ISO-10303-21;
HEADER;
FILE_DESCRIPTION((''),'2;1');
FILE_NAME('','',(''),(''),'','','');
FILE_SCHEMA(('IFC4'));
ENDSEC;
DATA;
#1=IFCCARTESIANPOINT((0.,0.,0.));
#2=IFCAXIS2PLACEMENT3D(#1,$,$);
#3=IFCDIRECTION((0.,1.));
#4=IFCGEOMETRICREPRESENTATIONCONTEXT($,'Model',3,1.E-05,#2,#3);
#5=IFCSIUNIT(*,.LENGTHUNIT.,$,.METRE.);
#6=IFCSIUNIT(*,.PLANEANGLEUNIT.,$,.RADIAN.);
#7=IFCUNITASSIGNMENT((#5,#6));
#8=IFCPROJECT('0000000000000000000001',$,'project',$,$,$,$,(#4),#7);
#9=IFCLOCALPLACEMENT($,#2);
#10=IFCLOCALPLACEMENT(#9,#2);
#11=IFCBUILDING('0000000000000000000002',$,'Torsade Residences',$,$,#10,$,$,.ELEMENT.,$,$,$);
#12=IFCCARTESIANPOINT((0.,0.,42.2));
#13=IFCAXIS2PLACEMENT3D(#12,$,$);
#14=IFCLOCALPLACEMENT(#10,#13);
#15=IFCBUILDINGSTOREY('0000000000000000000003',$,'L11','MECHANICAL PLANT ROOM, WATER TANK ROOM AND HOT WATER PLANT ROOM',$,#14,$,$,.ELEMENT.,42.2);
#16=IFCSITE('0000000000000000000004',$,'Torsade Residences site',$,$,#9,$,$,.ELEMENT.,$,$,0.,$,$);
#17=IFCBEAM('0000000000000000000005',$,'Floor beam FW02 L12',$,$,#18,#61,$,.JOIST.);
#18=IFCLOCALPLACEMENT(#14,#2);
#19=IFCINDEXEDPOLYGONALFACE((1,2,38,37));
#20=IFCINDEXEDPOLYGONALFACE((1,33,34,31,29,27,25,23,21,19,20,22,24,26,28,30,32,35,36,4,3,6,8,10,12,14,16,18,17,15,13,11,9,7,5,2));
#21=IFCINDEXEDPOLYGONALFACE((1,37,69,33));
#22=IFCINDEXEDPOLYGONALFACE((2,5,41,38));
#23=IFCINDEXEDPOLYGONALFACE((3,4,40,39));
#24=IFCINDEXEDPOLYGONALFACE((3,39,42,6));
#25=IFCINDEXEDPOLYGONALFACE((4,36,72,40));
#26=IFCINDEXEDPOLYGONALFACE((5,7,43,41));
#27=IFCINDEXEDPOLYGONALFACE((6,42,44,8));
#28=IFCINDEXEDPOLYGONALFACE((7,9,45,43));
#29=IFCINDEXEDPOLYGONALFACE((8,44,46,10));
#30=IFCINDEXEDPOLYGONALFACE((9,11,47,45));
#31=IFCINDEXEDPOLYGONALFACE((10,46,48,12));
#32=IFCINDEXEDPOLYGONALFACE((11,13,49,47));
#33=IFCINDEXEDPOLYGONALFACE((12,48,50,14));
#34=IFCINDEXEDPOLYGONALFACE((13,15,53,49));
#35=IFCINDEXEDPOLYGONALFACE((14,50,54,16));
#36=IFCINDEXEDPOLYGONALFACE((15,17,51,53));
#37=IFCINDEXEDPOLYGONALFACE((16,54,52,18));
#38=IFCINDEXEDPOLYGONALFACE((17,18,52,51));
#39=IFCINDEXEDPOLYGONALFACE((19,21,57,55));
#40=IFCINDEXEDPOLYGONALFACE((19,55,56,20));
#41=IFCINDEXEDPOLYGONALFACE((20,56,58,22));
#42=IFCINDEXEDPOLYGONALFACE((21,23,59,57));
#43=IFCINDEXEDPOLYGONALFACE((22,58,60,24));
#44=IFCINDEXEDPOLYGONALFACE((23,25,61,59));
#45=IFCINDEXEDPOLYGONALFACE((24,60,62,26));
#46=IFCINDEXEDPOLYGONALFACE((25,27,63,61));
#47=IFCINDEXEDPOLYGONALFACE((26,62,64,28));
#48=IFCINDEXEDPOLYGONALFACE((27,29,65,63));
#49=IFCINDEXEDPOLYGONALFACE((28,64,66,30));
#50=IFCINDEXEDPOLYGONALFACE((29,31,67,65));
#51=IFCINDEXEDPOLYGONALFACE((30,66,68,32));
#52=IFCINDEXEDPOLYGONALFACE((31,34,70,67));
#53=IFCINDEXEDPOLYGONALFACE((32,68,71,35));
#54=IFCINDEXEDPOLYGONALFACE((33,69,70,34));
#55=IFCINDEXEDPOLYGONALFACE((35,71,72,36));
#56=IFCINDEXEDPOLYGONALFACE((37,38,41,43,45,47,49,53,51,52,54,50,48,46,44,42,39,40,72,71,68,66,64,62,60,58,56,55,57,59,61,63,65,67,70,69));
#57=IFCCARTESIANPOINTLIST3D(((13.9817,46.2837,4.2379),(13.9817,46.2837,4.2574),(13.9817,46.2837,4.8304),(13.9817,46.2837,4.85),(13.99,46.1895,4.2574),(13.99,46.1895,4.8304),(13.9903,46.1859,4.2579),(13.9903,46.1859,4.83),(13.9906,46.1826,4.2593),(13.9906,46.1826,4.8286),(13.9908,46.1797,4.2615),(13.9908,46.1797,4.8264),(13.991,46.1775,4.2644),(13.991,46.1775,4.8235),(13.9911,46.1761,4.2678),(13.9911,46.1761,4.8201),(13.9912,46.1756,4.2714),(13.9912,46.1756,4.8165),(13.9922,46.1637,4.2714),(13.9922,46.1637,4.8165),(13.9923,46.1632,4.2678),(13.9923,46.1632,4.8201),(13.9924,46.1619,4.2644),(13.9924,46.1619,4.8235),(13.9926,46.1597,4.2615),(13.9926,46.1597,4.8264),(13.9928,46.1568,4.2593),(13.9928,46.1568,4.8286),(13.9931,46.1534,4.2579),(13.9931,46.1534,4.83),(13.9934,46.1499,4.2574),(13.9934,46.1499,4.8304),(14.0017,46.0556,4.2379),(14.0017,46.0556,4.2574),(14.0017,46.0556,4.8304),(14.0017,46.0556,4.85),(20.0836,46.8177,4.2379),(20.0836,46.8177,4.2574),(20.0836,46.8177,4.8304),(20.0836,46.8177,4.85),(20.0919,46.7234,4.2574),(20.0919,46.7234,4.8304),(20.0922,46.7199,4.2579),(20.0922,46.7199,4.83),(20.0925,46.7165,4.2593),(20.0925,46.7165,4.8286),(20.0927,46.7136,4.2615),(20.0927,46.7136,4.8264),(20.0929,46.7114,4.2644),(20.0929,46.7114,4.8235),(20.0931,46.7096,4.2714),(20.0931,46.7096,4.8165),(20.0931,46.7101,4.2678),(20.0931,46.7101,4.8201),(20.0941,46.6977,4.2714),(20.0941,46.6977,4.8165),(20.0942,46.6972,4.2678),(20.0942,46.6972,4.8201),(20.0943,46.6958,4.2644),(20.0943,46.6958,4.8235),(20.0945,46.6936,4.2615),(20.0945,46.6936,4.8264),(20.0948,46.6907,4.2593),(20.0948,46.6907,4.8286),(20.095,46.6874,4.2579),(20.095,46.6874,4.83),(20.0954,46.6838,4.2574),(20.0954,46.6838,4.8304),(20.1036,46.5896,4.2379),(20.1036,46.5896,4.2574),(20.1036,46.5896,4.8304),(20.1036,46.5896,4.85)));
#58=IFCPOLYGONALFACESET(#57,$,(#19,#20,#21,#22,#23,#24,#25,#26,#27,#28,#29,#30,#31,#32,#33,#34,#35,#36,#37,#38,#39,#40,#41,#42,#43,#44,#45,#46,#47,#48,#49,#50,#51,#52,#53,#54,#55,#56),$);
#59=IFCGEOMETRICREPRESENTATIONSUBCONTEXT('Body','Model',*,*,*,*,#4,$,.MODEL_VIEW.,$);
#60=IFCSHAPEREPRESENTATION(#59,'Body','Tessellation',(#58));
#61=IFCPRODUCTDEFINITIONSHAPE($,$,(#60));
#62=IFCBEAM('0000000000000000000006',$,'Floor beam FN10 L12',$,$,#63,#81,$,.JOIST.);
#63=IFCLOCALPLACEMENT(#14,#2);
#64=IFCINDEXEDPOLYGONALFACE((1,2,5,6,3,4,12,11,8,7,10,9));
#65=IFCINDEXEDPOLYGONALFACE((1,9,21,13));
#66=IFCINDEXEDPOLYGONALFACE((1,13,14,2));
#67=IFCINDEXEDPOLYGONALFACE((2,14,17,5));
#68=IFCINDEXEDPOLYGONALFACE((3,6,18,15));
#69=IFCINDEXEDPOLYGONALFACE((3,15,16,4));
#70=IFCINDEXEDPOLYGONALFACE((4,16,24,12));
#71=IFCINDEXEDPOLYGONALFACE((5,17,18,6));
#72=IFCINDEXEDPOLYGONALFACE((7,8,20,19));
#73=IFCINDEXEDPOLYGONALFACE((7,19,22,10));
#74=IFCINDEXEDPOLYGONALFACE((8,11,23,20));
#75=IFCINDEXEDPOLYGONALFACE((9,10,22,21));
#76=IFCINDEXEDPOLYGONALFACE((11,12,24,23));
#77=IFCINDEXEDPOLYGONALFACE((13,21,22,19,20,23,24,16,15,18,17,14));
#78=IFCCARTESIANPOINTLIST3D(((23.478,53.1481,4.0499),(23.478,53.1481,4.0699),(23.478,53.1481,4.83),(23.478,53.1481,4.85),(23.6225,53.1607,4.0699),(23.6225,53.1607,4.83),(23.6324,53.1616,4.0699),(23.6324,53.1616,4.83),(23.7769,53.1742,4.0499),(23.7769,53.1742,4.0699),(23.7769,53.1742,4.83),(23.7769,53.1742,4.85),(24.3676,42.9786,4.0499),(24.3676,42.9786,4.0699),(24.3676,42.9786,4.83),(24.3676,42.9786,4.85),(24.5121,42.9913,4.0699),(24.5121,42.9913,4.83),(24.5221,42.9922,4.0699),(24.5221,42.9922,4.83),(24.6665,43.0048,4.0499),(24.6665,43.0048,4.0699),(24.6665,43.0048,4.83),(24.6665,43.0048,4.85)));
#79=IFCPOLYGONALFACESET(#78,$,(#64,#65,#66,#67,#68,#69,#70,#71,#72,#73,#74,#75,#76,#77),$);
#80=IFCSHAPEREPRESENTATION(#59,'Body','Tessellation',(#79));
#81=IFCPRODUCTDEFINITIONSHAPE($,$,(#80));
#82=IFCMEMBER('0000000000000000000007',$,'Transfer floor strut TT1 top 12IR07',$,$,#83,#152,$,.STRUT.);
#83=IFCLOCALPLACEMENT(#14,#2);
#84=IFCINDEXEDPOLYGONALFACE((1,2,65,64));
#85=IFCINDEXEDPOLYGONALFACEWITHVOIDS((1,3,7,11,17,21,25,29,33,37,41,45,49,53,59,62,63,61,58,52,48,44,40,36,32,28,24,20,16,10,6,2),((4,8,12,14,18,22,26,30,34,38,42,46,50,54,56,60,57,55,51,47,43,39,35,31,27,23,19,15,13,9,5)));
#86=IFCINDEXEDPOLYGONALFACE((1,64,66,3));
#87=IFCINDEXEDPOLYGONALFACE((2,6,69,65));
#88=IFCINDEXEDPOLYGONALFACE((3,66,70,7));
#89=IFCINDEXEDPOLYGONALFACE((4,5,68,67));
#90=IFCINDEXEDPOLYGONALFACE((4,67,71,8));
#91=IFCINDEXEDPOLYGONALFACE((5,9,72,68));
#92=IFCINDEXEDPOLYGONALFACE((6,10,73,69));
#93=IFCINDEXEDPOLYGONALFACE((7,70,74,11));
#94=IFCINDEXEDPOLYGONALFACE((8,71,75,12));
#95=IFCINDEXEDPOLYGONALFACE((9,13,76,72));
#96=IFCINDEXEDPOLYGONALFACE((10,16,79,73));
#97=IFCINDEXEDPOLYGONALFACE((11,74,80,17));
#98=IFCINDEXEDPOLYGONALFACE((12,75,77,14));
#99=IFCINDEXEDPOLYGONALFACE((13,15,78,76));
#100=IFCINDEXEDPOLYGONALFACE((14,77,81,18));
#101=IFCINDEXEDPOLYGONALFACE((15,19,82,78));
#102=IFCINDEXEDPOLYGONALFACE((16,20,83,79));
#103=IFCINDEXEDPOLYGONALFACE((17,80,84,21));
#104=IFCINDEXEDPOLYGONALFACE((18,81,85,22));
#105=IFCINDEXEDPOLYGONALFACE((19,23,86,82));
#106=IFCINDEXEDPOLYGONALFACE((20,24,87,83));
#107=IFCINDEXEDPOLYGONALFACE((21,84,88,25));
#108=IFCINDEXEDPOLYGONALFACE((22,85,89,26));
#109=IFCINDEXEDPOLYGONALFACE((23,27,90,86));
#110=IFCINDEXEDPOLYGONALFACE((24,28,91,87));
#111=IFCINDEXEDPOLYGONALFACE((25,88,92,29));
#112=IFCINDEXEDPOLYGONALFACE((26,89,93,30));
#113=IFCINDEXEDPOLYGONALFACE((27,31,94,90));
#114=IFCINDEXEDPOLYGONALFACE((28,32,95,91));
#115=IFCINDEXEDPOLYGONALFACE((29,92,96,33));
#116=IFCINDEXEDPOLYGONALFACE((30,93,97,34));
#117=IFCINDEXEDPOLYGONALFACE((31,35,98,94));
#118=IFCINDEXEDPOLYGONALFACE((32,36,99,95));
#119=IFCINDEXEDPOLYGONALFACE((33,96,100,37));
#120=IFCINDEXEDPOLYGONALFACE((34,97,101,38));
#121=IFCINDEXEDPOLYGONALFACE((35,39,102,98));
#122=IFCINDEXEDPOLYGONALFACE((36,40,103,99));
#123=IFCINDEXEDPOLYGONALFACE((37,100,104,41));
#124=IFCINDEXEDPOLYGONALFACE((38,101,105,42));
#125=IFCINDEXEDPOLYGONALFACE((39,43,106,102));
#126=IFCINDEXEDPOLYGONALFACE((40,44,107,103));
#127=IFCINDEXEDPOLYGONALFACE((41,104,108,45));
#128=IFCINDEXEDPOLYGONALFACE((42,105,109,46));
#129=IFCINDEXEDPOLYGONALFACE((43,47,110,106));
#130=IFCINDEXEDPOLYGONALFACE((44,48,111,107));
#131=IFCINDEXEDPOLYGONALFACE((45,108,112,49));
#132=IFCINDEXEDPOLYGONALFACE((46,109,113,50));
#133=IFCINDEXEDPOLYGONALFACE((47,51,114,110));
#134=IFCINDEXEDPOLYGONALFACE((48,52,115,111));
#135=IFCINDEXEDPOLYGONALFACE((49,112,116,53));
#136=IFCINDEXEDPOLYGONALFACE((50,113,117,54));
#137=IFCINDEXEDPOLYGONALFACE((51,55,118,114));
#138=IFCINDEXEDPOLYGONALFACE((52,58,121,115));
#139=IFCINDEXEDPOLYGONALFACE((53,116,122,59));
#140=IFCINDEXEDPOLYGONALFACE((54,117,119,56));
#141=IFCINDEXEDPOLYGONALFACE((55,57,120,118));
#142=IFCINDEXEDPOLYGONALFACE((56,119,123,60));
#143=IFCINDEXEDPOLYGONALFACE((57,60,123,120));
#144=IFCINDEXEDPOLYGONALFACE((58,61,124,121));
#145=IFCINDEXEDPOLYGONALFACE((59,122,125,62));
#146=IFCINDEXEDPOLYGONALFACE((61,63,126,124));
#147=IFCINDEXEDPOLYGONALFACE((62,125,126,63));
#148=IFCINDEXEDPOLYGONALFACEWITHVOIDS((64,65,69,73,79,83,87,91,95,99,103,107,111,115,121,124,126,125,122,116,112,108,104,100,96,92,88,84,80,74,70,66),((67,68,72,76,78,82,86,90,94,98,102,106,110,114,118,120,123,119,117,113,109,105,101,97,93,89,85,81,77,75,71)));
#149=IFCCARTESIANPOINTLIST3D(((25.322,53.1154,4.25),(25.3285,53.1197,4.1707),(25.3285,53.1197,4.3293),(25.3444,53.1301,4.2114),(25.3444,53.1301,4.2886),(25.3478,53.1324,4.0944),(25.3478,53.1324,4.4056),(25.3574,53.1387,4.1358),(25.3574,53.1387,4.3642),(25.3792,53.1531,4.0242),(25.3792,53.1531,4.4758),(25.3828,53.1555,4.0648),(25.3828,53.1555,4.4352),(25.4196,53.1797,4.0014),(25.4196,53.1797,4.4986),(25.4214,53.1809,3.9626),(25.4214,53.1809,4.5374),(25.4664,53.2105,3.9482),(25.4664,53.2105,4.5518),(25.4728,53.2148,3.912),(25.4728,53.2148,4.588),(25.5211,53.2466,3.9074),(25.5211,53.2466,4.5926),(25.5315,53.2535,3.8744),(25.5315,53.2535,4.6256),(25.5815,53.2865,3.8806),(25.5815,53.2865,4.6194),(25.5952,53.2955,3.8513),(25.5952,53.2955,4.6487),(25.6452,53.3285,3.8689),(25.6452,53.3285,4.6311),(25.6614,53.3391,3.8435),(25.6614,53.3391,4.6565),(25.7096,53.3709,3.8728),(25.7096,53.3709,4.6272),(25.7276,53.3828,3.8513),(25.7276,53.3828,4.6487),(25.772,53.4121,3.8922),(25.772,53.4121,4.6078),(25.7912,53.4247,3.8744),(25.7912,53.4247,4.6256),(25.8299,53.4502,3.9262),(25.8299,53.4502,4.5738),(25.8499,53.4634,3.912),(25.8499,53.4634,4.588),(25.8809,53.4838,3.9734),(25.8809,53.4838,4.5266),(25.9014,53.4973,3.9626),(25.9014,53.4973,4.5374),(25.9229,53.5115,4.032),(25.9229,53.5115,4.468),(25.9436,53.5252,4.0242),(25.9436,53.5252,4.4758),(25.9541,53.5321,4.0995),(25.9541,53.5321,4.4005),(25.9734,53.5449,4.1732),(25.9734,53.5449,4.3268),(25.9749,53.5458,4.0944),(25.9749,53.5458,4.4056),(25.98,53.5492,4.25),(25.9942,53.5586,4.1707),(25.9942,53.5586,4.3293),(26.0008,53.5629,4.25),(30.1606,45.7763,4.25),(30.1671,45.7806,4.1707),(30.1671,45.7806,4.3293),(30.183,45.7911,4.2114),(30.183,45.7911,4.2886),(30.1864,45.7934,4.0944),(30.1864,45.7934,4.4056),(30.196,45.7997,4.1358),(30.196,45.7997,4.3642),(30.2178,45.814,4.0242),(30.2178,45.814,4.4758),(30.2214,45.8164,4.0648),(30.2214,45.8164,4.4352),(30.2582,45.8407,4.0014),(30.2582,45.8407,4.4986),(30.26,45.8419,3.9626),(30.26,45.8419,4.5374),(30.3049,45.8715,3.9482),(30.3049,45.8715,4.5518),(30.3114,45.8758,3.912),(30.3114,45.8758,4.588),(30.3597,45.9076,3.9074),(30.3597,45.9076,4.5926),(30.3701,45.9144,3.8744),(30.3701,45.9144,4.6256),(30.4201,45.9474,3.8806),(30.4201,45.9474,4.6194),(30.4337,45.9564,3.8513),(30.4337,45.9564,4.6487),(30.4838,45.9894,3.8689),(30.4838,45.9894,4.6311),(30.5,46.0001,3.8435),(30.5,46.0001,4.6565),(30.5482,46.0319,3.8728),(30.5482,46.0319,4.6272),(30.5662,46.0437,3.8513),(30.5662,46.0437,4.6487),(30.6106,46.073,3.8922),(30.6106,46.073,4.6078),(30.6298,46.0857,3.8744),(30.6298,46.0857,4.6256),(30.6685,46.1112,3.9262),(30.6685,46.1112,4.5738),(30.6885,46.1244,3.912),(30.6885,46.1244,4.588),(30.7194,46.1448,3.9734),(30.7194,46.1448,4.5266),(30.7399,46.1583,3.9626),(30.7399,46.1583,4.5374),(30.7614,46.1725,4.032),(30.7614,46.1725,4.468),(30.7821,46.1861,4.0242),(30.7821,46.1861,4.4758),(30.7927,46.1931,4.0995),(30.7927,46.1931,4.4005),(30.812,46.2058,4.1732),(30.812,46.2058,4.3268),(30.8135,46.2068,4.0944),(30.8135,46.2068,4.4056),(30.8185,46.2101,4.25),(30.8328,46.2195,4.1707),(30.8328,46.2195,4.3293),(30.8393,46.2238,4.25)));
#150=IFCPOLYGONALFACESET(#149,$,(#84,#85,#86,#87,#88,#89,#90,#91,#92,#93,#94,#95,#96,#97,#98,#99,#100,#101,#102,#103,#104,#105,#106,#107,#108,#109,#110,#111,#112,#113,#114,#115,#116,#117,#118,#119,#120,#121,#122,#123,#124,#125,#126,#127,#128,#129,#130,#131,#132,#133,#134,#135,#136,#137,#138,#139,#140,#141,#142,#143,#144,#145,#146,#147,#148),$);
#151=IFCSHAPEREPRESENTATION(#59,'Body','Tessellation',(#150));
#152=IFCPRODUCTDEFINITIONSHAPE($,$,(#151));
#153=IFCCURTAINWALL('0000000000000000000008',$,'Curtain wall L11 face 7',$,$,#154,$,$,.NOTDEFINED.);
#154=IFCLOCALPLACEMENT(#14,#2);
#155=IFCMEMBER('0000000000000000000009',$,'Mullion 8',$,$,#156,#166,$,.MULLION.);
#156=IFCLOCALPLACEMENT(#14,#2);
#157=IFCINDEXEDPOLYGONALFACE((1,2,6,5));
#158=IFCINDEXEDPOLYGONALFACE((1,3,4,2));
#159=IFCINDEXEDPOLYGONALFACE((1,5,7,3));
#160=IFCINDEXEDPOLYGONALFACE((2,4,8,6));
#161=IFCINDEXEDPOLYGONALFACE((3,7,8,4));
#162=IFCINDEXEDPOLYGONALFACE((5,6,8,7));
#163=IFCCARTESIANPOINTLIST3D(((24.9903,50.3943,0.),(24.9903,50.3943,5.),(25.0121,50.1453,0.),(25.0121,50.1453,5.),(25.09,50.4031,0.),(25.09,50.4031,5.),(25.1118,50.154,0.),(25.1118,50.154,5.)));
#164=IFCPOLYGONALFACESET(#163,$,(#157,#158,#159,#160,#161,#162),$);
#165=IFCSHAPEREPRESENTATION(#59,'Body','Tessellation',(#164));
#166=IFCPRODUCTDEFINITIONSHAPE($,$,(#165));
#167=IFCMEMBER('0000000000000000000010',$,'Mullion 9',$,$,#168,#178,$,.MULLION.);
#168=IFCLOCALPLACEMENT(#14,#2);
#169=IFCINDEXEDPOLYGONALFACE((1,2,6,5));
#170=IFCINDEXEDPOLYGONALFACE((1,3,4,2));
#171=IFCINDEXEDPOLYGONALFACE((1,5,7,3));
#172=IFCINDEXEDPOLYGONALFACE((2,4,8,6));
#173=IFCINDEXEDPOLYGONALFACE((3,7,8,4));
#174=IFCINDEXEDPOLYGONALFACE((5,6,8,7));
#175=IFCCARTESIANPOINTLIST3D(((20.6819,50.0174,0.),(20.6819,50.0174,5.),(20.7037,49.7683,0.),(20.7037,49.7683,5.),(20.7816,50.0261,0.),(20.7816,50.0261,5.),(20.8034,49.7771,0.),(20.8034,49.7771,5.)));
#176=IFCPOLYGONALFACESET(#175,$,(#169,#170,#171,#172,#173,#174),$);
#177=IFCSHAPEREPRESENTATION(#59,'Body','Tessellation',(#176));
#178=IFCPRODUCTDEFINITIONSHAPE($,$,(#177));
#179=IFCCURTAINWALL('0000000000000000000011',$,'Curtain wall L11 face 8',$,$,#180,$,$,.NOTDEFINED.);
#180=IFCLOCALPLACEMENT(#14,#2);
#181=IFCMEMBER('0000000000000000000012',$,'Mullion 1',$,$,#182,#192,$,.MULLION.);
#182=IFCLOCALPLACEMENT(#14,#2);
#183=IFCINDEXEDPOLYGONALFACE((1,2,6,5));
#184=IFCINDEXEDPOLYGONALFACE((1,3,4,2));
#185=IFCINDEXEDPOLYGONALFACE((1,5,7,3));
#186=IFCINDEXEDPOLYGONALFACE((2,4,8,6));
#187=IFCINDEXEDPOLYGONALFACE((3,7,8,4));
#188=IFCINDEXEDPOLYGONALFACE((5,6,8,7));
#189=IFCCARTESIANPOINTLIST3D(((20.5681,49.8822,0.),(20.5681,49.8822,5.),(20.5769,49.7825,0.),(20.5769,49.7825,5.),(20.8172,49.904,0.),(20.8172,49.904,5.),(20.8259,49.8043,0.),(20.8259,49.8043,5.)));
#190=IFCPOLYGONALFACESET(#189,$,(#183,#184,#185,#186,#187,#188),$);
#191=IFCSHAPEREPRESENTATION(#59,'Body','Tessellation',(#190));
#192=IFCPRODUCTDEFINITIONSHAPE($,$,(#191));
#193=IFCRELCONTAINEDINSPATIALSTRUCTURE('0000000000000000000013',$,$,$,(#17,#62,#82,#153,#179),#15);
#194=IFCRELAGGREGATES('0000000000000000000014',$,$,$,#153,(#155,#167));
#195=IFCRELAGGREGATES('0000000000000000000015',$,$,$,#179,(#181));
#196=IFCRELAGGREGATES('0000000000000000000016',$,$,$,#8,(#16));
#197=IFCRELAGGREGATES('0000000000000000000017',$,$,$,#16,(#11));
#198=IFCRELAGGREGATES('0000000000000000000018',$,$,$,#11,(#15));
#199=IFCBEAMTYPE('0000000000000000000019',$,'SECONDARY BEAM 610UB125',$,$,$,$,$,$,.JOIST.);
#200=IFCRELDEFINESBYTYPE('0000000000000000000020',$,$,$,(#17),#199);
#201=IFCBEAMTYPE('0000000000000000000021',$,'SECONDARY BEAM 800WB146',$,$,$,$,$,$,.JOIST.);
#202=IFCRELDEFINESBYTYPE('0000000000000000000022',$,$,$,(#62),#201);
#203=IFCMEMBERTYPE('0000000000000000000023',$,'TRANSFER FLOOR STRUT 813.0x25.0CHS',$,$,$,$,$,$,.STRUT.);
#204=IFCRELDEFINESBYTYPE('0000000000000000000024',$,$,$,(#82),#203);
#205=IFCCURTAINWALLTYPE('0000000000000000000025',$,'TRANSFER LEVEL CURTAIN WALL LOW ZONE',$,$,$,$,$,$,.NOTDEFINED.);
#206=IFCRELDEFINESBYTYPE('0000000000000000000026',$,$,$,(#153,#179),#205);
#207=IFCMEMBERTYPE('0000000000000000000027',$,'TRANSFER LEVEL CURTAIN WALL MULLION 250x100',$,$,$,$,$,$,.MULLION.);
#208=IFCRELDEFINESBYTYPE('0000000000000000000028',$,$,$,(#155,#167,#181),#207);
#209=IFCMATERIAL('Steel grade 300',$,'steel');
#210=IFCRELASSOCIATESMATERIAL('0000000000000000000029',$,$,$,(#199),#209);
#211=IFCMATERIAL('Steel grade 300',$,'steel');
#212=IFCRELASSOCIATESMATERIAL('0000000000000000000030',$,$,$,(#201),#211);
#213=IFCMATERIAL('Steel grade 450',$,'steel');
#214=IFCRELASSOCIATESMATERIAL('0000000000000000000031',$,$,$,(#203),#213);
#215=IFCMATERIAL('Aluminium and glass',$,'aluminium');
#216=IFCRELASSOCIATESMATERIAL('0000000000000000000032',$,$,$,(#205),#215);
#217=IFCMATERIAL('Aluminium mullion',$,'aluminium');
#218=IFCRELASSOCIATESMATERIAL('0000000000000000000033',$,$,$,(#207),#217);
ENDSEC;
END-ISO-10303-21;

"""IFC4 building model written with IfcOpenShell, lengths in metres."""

from ifc_helpers import new_model, si_unit, direction, frame, origin, origin_2d, place, context, subcontext, project, spatial, rectangle, hollow_circle, i_section, extrude, material, material_profile, profile_set, type_object, element, aggregate, save


model = new_model("IFC4")

# Units and contexts
model_context = context("Model", 3, precision=1e-05, world=origin(), true_north=direction((0.0, 1.0)))
body_context = subcontext(model_context, "Body", "Model", "MODEL_VIEW")
ifc_project = project(units=[si_unit("LENGTHUNIT", "METRE"), si_unit("PLANEANGLEUNIT", "RADIAN")], contexts=[model_context])

# Site, building, storey
site_placement = place(None, origin())
site = spatial("IfcSite", under=ifc_project, at=site_placement, Name="Torsade Residences site", CompositionType="ELEMENT", RefElevation=0.0)
building_placement = place(site_placement, origin())
building = spatial("IfcBuilding", under=site, at=building_placement, Name="Torsade Residences", CompositionType="ELEMENT")
storey_placement = place(building_placement, frame((0.0, 0.0, 42.2)))
storey = spatial("IfcBuildingStorey", under=building, at=storey_placement, Name="L11", Description="MECHANICAL PLANT ROOM, WATER TANK ROOM AND HOT WATER PLANT ROOM", CompositionType="ELEMENT", Elevation=42.2)

# Beams
ifc_material_1 = material(Name="Steel grade 300", Category="steel")
ifc_material_profile_1 = material_profile(ifc_material_1, i_section(OverallWidth=0.229, OverallDepth=0.6121, WebThickness=0.012, FlangeThickness=0.0195, FilletRadius=0.0139, at=origin_2d()), Name="610UB125")
ifc_profile_set_1 = profile_set([ifc_material_profile_1], Name="Steel grade 300")
beam_type_1 = type_object("IfcBeamType", Name="SECONDARY BEAM 610UB125", PredefinedType="JOIST", material=ifc_profile_set_1)
beam_1_placement = place(storey_placement, frame((13.9917, 46.1697, 4.5439), z_axis=(0.996193, 0.087171, 0.0), x_axis=(-0.087171, 0.996193, 0.0)))
element("IfcBeam", 1, at=beam_1_placement, inside=storey, type_object=beam_type_1, Name="Floor beam FW02 L12", PredefinedType="JOIST", context=body_context, shape_type="SweptSolid", body=[
    extrude(i_section(OverallWidth=0.229, OverallDepth=0.6121, WebThickness=0.012, FlangeThickness=0.0195, FilletRadius=0.0139, at=origin_2d()), origin(), (0.0, 0.0, 1.0), 6.1252),
])
ifc_material_2 = material(Name="Steel grade 300", Category="steel")
ifc_material_profile_2 = material_profile(ifc_material_2, i_section(OverallWidth=0.3, OverallDepth=0.8, WebThickness=0.01, FlangeThickness=0.02, at=origin_2d()), Name="800WB146")
ifc_profile_set_2 = profile_set([ifc_material_profile_2], Name="Steel grade 300")
beam_type_2 = type_object("IfcBeamType", Name="SECONDARY BEAM 800WB146", PredefinedType="JOIST", material=ifc_profile_set_2)
beam_2_placement = place(storey_placement, frame((23.6274, 53.1611, 4.45), z_axis=(0.08715, -0.996195, 0.0), x_axis=(0.996195, 0.08715, 0.0)))
element("IfcBeam", 2, at=beam_2_placement, inside=storey, type_object=beam_type_2, Name="Floor beam FN10 L12", PredefinedType="JOIST", context=body_context, shape_type="SweptSolid", body=[
    extrude(i_section(OverallWidth=0.3, OverallDepth=0.8, WebThickness=0.01, FlangeThickness=0.02, at=origin_2d()), origin(), (0.0, 0.0, 1.0), 10.2083),
])

# Member
ifc_material_3 = material(Name="Steel grade 450", Category="steel")
ifc_material_profile_3 = material_profile(ifc_material_3, hollow_circle(Radius=0.4065, WallThickness=0.0249, at=origin_2d()), Name="813.0x25.0CHS")
ifc_profile_set_3 = profile_set([ifc_material_profile_3], Name="Steel grade 450")
member_type_1 = type_object("IfcMemberType", Name="TRANSFER FLOOR STRUT 813.0x25.0CHS", PredefinedType="STRUT", material=ifc_profile_set_3)
member_1_placement = place(storey_placement, frame((25.6614, 53.3391, 4.25), z_axis=(0.550431, -0.834881, 0.0), x_axis=(0.834881, 0.550431, 0.0)))
element("IfcMember", 3, at=member_1_placement, inside=storey, type_object=member_type_1, Name="Transfer floor strut TT1 top 12IR07", PredefinedType="STRUT", context=body_context, shape_type="SweptSolid", body=[
    extrude(hollow_circle(Radius=0.4065, WallThickness=0.0249, at=origin_2d()), origin(), (0.0, 0.0, 1.0), 8.7905),
])

# Curtain walls, members
ifc_material_4 = material(Name="Aluminium and glass", Category="aluminium")
curtain_wall_type = type_object("IfcCurtainWallType", Name="TRANSFER LEVEL CURTAIN WALL LOW ZONE", PredefinedType="NOTDEFINED", material=ifc_material_4)
curtain_wall_1_placement = place(storey_placement, origin())
curtain_wall_1 = element("IfcCurtainWall", 4, at=curtain_wall_1_placement, inside=storey, type_object=curtain_wall_type, Name="Curtain wall L11 face 7", PredefinedType="NOTDEFINED")
ifc_material_5 = material(Name="Aluminium mullion", Category="aluminium")
ifc_material_profile_4 = material_profile(ifc_material_5, rectangle(XDim=0.25, YDim=0.1001, at=origin_2d()), Name="TRANSFER LEVEL CURTAIN WALL MULLION 250x100")
ifc_profile_set_4 = profile_set([ifc_material_profile_4], Name="Aluminium mullion")
member_type_2 = type_object("IfcMemberType", Name="TRANSFER LEVEL CURTAIN WALL MULLION 250x100", PredefinedType="MULLION", material=ifc_profile_set_4)
member_2_placement = place(storey_placement, frame((25.051, 50.2742, 0.0), z_axis=(0.0, 0.0, 1.0), x_axis=(0.087156, -0.996195, 0.0)))
member_2 = element("IfcMember", 5, at=member_2_placement, type_object=member_type_2, Name="Mullion 8", PredefinedType="MULLION", context=body_context, shape_type="SweptSolid", body=[
    extrude(rectangle(XDim=0.25, YDim=0.1001, at=origin_2d()), origin(), (0.0, 0.0, 1.0), 5.0),
])
member_3_placement = place(storey_placement, frame((20.7427, 49.8972, 0.0), z_axis=(0.0, 0.0, 1.0), x_axis=(0.087156, -0.996195, 0.0)))
member_3 = element("IfcMember", 6, at=member_3_placement, type_object=member_type_2, Name="Mullion 9", PredefinedType="MULLION", context=body_context, shape_type="SweptSolid", body=[
    extrude(rectangle(XDim=0.25, YDim=0.1001, at=origin_2d()), origin(), (0.0, 0.0, 1.0), 5.0),
])
curtain_wall_2_placement = place(storey_placement, origin())
curtain_wall_2 = element("IfcCurtainWall", 7, at=curtain_wall_2_placement, inside=storey, type_object=curtain_wall_type, Name="Curtain wall L11 face 8", PredefinedType="NOTDEFINED")
member_4_placement = place(storey_placement, frame((20.697, 49.8433, 0.0), z_axis=(0.0, 0.0, 1.0), x_axis=(0.996195, 0.087156, 0.0)))
member_4 = element("IfcMember", 8, at=member_4_placement, type_object=member_type_2, Name="Mullion 1", PredefinedType="MULLION", context=body_context, shape_type="SweptSolid", body=[
    extrude(rectangle(XDim=0.25, YDim=0.1001, at=origin_2d()), origin(), (0.0, 0.0, 1.0), 5.0),
])

aggregate(curtain_wall_1, [member_2, member_3])
aggregate(curtain_wall_2, [member_4])

save(model, "model.ifc")
